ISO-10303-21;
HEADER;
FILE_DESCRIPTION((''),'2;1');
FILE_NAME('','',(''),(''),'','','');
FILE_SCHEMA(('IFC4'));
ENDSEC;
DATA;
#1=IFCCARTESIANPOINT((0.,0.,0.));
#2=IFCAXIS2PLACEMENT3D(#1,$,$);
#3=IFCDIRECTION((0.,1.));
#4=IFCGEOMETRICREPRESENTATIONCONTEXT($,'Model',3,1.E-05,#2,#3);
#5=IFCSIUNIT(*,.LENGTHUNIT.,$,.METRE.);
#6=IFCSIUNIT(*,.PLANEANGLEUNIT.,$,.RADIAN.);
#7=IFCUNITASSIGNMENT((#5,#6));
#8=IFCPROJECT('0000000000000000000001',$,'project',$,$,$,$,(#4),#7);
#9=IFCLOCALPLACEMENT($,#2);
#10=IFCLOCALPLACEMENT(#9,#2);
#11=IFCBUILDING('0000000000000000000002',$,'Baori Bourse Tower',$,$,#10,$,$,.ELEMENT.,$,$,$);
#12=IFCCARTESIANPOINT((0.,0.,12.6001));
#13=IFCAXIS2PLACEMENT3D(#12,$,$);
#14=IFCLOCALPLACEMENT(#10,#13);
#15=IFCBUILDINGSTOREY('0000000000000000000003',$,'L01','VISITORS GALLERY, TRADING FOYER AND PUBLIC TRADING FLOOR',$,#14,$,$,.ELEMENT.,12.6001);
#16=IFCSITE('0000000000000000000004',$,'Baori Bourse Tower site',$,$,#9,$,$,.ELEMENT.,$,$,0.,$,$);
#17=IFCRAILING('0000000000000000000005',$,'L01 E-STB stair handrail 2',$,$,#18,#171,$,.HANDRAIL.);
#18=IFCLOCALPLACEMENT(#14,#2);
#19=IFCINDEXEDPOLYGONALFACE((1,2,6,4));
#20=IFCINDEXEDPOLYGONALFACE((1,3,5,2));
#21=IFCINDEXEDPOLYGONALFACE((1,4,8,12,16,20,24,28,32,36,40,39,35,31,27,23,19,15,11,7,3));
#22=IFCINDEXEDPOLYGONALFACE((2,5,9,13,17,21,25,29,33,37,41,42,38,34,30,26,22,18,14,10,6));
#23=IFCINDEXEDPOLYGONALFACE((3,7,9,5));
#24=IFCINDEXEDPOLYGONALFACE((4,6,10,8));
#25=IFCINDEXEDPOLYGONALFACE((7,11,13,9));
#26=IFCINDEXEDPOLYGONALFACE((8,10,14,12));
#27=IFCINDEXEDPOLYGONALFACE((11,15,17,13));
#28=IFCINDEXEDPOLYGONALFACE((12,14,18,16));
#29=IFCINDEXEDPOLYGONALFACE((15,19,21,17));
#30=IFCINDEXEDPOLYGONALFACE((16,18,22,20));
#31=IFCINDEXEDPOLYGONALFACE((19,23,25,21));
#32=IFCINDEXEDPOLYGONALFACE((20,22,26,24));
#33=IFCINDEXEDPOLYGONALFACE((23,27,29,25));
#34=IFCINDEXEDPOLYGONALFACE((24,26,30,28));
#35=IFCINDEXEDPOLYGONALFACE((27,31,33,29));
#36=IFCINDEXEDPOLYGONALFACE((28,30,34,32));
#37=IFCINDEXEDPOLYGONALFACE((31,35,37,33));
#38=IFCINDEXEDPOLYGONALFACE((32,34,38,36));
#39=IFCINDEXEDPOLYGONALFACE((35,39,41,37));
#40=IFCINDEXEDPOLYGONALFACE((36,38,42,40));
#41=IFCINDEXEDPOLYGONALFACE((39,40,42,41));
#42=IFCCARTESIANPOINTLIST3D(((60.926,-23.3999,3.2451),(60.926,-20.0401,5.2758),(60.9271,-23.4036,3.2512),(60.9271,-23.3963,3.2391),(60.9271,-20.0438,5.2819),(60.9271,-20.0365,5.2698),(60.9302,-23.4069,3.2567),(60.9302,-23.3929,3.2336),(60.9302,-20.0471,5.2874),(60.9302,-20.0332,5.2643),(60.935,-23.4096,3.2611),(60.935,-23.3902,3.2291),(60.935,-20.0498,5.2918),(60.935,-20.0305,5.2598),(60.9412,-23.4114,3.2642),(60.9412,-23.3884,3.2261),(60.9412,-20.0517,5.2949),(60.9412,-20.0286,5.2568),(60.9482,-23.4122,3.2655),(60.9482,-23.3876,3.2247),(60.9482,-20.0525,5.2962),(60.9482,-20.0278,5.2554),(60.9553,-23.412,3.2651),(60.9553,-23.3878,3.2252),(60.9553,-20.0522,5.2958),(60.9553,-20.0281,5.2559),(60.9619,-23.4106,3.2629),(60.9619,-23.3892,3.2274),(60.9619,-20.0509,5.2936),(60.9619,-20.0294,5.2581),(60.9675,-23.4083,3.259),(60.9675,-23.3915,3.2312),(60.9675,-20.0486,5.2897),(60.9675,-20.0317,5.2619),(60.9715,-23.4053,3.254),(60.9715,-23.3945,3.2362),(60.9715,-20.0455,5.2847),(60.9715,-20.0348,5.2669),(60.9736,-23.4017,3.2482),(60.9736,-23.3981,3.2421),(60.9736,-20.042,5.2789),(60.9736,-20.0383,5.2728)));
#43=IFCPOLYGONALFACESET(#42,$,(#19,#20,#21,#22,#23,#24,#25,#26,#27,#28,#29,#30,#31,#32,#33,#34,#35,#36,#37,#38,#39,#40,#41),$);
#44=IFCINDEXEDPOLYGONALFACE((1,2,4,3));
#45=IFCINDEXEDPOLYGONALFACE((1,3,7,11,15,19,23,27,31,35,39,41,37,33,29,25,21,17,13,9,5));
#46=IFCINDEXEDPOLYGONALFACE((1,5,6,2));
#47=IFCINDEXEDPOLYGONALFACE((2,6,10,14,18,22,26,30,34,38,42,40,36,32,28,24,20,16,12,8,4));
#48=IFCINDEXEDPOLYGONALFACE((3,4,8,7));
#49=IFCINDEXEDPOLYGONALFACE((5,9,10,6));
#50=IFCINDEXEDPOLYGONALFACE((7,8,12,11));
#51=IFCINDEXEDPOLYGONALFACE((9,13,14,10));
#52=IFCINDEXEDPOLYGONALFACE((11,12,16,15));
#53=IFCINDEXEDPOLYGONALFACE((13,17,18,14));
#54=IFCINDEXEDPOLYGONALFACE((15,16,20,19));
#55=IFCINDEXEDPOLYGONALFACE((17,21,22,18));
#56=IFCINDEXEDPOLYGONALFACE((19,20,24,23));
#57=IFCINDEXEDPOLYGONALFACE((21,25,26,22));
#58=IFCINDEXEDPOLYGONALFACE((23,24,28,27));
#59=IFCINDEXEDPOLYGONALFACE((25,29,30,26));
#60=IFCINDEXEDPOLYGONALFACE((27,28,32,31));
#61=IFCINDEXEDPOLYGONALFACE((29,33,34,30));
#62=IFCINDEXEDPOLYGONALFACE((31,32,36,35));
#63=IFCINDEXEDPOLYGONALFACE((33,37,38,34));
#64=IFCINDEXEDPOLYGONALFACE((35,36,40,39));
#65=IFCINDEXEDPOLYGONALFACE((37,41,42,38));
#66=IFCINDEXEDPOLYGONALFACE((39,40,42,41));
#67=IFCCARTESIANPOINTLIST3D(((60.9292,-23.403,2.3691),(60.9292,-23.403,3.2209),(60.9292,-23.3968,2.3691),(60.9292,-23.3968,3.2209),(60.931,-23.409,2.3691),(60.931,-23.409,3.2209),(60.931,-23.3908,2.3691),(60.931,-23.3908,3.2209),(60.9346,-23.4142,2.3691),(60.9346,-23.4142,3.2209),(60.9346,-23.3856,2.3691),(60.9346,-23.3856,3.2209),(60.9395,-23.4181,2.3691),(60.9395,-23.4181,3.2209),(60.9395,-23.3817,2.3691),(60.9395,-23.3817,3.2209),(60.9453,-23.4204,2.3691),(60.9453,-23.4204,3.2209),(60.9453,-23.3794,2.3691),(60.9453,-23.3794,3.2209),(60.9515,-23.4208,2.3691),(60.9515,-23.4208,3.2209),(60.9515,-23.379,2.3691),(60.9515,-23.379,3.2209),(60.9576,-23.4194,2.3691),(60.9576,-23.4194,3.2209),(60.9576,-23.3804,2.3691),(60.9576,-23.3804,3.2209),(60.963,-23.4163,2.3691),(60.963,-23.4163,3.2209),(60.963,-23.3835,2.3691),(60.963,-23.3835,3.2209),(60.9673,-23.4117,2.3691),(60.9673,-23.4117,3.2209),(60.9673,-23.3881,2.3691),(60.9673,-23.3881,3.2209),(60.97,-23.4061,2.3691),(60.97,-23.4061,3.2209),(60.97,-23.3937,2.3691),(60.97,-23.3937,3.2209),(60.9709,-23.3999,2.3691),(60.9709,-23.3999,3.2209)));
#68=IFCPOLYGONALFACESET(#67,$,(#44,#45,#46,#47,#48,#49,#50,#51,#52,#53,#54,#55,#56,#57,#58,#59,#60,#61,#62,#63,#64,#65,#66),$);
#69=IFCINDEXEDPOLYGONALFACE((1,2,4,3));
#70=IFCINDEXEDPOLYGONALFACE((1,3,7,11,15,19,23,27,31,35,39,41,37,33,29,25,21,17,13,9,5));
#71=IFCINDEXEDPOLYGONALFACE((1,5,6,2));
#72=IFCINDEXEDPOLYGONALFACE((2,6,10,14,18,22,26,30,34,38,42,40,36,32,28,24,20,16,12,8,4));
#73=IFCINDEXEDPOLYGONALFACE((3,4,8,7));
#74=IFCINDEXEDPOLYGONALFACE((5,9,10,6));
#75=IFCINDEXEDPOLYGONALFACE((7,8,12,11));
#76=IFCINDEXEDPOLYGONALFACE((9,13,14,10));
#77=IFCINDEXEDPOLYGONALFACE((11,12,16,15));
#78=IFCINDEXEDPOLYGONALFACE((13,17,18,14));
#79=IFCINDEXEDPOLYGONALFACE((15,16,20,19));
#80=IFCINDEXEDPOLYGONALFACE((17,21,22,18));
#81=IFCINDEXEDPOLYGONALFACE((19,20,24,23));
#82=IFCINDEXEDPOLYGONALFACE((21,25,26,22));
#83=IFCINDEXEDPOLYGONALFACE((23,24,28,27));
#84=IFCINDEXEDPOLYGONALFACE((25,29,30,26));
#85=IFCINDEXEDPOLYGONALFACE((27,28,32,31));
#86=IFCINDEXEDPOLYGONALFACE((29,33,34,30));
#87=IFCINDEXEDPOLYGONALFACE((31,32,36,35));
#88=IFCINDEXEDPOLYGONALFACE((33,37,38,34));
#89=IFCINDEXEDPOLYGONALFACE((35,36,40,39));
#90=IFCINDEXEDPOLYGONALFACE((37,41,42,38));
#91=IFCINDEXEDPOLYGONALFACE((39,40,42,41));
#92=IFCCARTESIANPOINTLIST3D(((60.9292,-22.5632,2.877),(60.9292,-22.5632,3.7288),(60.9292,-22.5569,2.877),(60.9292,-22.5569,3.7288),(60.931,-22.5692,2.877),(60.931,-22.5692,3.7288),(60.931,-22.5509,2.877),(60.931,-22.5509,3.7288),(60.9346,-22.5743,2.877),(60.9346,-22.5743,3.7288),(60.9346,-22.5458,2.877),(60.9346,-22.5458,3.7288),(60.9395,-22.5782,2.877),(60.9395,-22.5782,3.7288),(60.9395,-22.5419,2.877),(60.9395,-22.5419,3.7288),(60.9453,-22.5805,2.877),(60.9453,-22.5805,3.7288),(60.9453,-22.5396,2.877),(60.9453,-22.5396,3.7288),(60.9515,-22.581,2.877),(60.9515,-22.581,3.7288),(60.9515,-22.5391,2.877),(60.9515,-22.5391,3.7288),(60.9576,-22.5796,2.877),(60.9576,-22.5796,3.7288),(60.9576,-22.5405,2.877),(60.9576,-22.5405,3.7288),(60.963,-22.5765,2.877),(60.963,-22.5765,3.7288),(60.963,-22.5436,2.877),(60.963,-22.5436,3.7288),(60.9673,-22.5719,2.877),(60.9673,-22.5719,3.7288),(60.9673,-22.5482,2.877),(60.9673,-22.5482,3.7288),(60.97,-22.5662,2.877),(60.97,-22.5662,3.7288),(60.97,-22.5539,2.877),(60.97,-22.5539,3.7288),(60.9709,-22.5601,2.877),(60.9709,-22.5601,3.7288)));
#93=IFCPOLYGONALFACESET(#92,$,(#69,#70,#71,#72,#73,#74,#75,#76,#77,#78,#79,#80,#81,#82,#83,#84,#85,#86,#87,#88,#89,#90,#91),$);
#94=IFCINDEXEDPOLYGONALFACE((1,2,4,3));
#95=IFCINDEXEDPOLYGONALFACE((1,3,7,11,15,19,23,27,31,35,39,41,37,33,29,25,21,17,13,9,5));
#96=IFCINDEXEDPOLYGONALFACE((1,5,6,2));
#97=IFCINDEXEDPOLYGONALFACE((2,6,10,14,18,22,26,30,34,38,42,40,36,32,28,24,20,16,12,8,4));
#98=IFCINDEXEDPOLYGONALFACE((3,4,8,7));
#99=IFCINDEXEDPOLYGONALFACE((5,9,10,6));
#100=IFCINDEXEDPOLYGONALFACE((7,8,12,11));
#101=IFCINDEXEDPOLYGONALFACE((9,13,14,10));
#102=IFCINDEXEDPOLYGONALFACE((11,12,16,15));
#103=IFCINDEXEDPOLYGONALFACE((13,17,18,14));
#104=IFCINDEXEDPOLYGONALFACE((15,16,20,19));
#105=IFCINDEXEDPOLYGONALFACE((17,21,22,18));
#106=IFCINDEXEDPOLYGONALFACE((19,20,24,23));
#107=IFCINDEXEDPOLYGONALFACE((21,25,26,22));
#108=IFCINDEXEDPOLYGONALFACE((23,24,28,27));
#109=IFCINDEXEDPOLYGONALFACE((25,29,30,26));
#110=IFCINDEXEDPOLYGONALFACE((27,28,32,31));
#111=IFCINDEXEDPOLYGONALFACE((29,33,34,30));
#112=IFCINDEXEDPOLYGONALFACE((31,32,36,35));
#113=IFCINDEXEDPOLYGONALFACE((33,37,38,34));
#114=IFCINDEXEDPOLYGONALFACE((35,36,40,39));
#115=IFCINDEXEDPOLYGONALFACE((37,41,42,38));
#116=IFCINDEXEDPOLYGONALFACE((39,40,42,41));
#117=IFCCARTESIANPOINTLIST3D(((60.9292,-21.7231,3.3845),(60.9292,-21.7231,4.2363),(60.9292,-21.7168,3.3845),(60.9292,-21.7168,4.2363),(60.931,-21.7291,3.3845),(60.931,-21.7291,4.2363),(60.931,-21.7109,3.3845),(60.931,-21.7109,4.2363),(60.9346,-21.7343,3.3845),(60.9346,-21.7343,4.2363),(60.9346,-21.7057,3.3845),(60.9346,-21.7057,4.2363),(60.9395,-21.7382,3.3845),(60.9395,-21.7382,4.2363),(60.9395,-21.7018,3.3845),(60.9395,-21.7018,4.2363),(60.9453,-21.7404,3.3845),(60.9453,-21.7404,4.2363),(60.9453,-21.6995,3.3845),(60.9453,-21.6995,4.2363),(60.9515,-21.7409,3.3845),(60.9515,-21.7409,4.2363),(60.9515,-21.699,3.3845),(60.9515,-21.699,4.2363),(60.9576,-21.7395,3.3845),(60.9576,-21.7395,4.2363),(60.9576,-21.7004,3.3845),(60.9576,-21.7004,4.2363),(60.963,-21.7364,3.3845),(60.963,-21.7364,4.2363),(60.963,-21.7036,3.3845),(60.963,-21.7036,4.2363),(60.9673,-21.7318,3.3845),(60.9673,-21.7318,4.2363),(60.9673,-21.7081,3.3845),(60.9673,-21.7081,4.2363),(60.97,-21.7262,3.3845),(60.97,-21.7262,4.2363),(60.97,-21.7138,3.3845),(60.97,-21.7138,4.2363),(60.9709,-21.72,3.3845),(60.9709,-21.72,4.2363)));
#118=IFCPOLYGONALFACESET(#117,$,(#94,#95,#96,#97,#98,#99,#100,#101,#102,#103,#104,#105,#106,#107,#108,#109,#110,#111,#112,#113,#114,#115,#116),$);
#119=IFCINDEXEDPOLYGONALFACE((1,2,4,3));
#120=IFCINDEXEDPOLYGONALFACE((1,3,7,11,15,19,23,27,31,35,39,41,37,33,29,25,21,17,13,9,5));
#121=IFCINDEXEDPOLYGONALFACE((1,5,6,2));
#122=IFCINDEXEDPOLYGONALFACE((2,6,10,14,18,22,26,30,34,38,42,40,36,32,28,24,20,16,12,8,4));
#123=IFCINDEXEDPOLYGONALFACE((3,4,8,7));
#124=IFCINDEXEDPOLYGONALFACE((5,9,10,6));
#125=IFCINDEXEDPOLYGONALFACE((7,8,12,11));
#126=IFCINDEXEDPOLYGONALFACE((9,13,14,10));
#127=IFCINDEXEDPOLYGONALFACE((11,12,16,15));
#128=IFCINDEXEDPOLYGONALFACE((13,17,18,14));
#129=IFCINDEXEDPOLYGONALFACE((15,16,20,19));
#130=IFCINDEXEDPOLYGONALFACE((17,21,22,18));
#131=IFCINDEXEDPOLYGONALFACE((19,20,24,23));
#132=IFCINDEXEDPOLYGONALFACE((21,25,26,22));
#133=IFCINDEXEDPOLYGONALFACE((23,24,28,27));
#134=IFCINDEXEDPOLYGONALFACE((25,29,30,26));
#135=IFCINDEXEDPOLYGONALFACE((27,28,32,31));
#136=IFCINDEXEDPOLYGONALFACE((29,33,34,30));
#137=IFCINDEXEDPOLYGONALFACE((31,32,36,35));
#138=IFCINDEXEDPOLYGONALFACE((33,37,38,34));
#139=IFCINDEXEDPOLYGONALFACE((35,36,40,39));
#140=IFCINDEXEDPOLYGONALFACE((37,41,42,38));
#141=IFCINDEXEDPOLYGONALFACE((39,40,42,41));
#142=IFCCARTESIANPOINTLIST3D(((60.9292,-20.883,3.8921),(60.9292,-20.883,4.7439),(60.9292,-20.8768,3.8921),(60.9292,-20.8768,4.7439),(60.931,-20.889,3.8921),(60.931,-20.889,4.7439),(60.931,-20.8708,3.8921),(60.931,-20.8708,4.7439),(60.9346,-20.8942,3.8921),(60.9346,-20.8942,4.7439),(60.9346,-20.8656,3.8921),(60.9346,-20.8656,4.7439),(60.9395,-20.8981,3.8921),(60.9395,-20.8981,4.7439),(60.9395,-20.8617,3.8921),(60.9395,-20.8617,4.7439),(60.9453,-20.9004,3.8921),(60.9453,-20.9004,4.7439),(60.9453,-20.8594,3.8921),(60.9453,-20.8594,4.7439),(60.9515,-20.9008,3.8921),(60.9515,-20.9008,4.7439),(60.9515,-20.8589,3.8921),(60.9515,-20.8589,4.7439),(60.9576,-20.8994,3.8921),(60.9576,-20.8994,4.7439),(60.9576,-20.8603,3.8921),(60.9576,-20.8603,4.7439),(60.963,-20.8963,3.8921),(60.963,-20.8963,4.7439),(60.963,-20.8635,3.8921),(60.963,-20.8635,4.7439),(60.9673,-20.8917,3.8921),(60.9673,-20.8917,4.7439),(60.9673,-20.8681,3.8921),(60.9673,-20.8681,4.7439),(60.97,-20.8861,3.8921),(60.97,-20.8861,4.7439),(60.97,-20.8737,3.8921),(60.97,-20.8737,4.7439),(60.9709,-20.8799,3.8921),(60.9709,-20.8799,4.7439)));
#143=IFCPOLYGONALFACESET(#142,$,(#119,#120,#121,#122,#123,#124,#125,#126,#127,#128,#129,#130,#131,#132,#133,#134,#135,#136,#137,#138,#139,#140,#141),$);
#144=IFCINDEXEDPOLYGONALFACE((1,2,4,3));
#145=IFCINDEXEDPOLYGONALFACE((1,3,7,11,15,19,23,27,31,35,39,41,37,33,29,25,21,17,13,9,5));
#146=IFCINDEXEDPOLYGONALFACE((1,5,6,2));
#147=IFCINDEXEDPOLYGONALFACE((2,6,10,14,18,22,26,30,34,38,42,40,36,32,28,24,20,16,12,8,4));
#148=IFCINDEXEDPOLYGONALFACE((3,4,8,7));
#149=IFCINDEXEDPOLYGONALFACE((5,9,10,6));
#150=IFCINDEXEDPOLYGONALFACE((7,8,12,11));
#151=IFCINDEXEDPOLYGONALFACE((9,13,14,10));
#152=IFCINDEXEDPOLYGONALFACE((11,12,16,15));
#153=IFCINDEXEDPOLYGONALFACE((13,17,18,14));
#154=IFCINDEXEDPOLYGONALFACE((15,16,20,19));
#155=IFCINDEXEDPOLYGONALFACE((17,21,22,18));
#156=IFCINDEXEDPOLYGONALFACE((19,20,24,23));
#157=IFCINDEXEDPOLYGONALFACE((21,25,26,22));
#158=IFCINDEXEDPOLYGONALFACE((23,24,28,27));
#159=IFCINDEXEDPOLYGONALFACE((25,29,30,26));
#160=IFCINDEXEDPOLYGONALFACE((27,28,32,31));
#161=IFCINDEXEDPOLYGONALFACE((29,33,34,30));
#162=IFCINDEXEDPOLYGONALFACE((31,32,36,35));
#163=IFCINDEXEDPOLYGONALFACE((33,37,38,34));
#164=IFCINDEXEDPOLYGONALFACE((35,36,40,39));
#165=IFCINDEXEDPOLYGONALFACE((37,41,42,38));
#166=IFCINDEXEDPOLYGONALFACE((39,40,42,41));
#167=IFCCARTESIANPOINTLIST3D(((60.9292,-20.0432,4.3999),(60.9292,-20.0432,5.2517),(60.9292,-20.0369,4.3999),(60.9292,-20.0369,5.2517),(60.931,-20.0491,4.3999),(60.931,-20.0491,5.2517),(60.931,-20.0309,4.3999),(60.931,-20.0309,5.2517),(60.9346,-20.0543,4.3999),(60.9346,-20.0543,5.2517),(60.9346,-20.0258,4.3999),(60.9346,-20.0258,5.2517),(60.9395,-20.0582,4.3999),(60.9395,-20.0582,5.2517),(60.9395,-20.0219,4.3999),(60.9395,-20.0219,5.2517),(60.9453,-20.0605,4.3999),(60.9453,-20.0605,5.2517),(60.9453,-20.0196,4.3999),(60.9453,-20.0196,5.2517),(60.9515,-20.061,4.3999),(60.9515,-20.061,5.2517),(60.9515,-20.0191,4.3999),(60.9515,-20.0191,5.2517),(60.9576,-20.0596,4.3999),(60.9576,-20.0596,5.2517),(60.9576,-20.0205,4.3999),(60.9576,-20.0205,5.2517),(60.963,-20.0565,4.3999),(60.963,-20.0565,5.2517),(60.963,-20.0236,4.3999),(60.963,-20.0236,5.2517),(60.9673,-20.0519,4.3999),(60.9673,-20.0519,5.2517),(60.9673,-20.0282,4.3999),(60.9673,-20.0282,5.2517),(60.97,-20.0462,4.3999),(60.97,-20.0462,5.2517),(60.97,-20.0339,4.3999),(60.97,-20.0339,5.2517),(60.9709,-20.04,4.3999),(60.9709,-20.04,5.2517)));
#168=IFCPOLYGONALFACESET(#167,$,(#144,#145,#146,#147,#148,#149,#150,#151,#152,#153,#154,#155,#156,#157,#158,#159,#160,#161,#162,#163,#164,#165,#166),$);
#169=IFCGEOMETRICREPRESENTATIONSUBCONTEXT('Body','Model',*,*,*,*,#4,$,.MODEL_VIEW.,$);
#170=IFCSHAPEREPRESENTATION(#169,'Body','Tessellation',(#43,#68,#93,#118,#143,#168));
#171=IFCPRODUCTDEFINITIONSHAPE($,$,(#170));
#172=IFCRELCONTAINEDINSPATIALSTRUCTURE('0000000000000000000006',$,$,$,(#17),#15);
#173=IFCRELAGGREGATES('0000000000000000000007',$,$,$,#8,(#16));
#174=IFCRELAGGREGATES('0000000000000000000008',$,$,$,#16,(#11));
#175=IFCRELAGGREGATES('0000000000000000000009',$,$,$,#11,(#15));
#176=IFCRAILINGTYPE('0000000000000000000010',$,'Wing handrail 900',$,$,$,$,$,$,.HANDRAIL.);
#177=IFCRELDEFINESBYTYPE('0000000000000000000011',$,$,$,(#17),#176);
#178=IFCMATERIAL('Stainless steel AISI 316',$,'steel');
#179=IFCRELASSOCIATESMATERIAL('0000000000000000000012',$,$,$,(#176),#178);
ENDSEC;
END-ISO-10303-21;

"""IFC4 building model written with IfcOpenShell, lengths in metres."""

from ifc_helpers import new_model, si_unit, direction, frame, origin, origin_2d, place, context, subcontext, project, spatial, circle, extrude, material, type_object, element, save


model = new_model("IFC4")

# Units and contexts
model_context = context("Model", 3, precision=1e-05, world=origin(), true_north=direction((0.0, 1.0)))
body_context = subcontext(model_context, "Body", "Model", "MODEL_VIEW")
ifc_project = project(units=[si_unit("LENGTHUNIT", "METRE"), si_unit("PLANEANGLEUNIT", "RADIAN")], contexts=[model_context])

# Site, building, storey
site_placement = place(None, origin())
site = spatial("IfcSite", under=ifc_project, at=site_placement, Name="Baori Bourse Tower site", CompositionType="ELEMENT", RefElevation=0.0)
building_placement = place(site_placement, origin())
building = spatial("IfcBuilding", under=site, at=building_placement, Name="Baori Bourse Tower", CompositionType="ELEMENT")
storey_placement = place(building_placement, frame((0.0, 0.0, 12.6001)))
storey = spatial("IfcBuildingStorey", under=building, at=storey_placement, Name="L01", Description="VISITORS GALLERY, TRADING FOYER AND PUBLIC TRADING FLOOR", CompositionType="ELEMENT", Elevation=12.6001)

# Railing
ifc_material_1 = material(Name="Stainless steel AISI 316", Category="steel")
railing_type_1 = type_object("IfcRailingType", Name="Wing handrail 900", PredefinedType="HANDRAIL", material=ifc_material_1)
railing_1_placement = place(storey_placement, frame((60.95, -23.3999, 2.3691)))
element("IfcRailing", 1, at=railing_1_placement, inside=storey, type_object=railing_type_1, Name="L01 E-STB stair handrail 2", PredefinedType="HANDRAIL", context=body_context, shape_type="SweptSolid", body=[
    extrude(circle(Radius=0.0239, at=origin_2d()), frame((0.0, 0.0, 0.876), z_axis=(0.0, 0.85582, 0.517273), x_axis=(-1.0, 0.0, 0.0)), (0.0, 0.0, 1.0), 3.9258),
    extrude(circle(Radius=0.021, at=origin_2d()), origin(), (0.0, 0.0, 1.0), 0.8518),
    extrude(circle(Radius=0.021, at=origin_2d()), frame((0.0, 0.8398, 0.5078)), (0.0, 0.0, 1.0), 0.8518),
    extrude(circle(Radius=0.021, at=origin_2d()), frame((0.0, 1.6799, 1.0154)), (0.0, 0.0, 1.0), 0.8518),
    extrude(circle(Radius=0.021, at=origin_2d()), frame((0.0, 2.52, 1.5229)), (0.0, 0.0, 1.0), 0.8518),
    extrude(circle(Radius=0.021, at=origin_2d()), frame((0.0, 3.3599, 2.0308)), (0.0, 0.0, 1.0), 0.8518),
])

save(model, "model.ifc")
